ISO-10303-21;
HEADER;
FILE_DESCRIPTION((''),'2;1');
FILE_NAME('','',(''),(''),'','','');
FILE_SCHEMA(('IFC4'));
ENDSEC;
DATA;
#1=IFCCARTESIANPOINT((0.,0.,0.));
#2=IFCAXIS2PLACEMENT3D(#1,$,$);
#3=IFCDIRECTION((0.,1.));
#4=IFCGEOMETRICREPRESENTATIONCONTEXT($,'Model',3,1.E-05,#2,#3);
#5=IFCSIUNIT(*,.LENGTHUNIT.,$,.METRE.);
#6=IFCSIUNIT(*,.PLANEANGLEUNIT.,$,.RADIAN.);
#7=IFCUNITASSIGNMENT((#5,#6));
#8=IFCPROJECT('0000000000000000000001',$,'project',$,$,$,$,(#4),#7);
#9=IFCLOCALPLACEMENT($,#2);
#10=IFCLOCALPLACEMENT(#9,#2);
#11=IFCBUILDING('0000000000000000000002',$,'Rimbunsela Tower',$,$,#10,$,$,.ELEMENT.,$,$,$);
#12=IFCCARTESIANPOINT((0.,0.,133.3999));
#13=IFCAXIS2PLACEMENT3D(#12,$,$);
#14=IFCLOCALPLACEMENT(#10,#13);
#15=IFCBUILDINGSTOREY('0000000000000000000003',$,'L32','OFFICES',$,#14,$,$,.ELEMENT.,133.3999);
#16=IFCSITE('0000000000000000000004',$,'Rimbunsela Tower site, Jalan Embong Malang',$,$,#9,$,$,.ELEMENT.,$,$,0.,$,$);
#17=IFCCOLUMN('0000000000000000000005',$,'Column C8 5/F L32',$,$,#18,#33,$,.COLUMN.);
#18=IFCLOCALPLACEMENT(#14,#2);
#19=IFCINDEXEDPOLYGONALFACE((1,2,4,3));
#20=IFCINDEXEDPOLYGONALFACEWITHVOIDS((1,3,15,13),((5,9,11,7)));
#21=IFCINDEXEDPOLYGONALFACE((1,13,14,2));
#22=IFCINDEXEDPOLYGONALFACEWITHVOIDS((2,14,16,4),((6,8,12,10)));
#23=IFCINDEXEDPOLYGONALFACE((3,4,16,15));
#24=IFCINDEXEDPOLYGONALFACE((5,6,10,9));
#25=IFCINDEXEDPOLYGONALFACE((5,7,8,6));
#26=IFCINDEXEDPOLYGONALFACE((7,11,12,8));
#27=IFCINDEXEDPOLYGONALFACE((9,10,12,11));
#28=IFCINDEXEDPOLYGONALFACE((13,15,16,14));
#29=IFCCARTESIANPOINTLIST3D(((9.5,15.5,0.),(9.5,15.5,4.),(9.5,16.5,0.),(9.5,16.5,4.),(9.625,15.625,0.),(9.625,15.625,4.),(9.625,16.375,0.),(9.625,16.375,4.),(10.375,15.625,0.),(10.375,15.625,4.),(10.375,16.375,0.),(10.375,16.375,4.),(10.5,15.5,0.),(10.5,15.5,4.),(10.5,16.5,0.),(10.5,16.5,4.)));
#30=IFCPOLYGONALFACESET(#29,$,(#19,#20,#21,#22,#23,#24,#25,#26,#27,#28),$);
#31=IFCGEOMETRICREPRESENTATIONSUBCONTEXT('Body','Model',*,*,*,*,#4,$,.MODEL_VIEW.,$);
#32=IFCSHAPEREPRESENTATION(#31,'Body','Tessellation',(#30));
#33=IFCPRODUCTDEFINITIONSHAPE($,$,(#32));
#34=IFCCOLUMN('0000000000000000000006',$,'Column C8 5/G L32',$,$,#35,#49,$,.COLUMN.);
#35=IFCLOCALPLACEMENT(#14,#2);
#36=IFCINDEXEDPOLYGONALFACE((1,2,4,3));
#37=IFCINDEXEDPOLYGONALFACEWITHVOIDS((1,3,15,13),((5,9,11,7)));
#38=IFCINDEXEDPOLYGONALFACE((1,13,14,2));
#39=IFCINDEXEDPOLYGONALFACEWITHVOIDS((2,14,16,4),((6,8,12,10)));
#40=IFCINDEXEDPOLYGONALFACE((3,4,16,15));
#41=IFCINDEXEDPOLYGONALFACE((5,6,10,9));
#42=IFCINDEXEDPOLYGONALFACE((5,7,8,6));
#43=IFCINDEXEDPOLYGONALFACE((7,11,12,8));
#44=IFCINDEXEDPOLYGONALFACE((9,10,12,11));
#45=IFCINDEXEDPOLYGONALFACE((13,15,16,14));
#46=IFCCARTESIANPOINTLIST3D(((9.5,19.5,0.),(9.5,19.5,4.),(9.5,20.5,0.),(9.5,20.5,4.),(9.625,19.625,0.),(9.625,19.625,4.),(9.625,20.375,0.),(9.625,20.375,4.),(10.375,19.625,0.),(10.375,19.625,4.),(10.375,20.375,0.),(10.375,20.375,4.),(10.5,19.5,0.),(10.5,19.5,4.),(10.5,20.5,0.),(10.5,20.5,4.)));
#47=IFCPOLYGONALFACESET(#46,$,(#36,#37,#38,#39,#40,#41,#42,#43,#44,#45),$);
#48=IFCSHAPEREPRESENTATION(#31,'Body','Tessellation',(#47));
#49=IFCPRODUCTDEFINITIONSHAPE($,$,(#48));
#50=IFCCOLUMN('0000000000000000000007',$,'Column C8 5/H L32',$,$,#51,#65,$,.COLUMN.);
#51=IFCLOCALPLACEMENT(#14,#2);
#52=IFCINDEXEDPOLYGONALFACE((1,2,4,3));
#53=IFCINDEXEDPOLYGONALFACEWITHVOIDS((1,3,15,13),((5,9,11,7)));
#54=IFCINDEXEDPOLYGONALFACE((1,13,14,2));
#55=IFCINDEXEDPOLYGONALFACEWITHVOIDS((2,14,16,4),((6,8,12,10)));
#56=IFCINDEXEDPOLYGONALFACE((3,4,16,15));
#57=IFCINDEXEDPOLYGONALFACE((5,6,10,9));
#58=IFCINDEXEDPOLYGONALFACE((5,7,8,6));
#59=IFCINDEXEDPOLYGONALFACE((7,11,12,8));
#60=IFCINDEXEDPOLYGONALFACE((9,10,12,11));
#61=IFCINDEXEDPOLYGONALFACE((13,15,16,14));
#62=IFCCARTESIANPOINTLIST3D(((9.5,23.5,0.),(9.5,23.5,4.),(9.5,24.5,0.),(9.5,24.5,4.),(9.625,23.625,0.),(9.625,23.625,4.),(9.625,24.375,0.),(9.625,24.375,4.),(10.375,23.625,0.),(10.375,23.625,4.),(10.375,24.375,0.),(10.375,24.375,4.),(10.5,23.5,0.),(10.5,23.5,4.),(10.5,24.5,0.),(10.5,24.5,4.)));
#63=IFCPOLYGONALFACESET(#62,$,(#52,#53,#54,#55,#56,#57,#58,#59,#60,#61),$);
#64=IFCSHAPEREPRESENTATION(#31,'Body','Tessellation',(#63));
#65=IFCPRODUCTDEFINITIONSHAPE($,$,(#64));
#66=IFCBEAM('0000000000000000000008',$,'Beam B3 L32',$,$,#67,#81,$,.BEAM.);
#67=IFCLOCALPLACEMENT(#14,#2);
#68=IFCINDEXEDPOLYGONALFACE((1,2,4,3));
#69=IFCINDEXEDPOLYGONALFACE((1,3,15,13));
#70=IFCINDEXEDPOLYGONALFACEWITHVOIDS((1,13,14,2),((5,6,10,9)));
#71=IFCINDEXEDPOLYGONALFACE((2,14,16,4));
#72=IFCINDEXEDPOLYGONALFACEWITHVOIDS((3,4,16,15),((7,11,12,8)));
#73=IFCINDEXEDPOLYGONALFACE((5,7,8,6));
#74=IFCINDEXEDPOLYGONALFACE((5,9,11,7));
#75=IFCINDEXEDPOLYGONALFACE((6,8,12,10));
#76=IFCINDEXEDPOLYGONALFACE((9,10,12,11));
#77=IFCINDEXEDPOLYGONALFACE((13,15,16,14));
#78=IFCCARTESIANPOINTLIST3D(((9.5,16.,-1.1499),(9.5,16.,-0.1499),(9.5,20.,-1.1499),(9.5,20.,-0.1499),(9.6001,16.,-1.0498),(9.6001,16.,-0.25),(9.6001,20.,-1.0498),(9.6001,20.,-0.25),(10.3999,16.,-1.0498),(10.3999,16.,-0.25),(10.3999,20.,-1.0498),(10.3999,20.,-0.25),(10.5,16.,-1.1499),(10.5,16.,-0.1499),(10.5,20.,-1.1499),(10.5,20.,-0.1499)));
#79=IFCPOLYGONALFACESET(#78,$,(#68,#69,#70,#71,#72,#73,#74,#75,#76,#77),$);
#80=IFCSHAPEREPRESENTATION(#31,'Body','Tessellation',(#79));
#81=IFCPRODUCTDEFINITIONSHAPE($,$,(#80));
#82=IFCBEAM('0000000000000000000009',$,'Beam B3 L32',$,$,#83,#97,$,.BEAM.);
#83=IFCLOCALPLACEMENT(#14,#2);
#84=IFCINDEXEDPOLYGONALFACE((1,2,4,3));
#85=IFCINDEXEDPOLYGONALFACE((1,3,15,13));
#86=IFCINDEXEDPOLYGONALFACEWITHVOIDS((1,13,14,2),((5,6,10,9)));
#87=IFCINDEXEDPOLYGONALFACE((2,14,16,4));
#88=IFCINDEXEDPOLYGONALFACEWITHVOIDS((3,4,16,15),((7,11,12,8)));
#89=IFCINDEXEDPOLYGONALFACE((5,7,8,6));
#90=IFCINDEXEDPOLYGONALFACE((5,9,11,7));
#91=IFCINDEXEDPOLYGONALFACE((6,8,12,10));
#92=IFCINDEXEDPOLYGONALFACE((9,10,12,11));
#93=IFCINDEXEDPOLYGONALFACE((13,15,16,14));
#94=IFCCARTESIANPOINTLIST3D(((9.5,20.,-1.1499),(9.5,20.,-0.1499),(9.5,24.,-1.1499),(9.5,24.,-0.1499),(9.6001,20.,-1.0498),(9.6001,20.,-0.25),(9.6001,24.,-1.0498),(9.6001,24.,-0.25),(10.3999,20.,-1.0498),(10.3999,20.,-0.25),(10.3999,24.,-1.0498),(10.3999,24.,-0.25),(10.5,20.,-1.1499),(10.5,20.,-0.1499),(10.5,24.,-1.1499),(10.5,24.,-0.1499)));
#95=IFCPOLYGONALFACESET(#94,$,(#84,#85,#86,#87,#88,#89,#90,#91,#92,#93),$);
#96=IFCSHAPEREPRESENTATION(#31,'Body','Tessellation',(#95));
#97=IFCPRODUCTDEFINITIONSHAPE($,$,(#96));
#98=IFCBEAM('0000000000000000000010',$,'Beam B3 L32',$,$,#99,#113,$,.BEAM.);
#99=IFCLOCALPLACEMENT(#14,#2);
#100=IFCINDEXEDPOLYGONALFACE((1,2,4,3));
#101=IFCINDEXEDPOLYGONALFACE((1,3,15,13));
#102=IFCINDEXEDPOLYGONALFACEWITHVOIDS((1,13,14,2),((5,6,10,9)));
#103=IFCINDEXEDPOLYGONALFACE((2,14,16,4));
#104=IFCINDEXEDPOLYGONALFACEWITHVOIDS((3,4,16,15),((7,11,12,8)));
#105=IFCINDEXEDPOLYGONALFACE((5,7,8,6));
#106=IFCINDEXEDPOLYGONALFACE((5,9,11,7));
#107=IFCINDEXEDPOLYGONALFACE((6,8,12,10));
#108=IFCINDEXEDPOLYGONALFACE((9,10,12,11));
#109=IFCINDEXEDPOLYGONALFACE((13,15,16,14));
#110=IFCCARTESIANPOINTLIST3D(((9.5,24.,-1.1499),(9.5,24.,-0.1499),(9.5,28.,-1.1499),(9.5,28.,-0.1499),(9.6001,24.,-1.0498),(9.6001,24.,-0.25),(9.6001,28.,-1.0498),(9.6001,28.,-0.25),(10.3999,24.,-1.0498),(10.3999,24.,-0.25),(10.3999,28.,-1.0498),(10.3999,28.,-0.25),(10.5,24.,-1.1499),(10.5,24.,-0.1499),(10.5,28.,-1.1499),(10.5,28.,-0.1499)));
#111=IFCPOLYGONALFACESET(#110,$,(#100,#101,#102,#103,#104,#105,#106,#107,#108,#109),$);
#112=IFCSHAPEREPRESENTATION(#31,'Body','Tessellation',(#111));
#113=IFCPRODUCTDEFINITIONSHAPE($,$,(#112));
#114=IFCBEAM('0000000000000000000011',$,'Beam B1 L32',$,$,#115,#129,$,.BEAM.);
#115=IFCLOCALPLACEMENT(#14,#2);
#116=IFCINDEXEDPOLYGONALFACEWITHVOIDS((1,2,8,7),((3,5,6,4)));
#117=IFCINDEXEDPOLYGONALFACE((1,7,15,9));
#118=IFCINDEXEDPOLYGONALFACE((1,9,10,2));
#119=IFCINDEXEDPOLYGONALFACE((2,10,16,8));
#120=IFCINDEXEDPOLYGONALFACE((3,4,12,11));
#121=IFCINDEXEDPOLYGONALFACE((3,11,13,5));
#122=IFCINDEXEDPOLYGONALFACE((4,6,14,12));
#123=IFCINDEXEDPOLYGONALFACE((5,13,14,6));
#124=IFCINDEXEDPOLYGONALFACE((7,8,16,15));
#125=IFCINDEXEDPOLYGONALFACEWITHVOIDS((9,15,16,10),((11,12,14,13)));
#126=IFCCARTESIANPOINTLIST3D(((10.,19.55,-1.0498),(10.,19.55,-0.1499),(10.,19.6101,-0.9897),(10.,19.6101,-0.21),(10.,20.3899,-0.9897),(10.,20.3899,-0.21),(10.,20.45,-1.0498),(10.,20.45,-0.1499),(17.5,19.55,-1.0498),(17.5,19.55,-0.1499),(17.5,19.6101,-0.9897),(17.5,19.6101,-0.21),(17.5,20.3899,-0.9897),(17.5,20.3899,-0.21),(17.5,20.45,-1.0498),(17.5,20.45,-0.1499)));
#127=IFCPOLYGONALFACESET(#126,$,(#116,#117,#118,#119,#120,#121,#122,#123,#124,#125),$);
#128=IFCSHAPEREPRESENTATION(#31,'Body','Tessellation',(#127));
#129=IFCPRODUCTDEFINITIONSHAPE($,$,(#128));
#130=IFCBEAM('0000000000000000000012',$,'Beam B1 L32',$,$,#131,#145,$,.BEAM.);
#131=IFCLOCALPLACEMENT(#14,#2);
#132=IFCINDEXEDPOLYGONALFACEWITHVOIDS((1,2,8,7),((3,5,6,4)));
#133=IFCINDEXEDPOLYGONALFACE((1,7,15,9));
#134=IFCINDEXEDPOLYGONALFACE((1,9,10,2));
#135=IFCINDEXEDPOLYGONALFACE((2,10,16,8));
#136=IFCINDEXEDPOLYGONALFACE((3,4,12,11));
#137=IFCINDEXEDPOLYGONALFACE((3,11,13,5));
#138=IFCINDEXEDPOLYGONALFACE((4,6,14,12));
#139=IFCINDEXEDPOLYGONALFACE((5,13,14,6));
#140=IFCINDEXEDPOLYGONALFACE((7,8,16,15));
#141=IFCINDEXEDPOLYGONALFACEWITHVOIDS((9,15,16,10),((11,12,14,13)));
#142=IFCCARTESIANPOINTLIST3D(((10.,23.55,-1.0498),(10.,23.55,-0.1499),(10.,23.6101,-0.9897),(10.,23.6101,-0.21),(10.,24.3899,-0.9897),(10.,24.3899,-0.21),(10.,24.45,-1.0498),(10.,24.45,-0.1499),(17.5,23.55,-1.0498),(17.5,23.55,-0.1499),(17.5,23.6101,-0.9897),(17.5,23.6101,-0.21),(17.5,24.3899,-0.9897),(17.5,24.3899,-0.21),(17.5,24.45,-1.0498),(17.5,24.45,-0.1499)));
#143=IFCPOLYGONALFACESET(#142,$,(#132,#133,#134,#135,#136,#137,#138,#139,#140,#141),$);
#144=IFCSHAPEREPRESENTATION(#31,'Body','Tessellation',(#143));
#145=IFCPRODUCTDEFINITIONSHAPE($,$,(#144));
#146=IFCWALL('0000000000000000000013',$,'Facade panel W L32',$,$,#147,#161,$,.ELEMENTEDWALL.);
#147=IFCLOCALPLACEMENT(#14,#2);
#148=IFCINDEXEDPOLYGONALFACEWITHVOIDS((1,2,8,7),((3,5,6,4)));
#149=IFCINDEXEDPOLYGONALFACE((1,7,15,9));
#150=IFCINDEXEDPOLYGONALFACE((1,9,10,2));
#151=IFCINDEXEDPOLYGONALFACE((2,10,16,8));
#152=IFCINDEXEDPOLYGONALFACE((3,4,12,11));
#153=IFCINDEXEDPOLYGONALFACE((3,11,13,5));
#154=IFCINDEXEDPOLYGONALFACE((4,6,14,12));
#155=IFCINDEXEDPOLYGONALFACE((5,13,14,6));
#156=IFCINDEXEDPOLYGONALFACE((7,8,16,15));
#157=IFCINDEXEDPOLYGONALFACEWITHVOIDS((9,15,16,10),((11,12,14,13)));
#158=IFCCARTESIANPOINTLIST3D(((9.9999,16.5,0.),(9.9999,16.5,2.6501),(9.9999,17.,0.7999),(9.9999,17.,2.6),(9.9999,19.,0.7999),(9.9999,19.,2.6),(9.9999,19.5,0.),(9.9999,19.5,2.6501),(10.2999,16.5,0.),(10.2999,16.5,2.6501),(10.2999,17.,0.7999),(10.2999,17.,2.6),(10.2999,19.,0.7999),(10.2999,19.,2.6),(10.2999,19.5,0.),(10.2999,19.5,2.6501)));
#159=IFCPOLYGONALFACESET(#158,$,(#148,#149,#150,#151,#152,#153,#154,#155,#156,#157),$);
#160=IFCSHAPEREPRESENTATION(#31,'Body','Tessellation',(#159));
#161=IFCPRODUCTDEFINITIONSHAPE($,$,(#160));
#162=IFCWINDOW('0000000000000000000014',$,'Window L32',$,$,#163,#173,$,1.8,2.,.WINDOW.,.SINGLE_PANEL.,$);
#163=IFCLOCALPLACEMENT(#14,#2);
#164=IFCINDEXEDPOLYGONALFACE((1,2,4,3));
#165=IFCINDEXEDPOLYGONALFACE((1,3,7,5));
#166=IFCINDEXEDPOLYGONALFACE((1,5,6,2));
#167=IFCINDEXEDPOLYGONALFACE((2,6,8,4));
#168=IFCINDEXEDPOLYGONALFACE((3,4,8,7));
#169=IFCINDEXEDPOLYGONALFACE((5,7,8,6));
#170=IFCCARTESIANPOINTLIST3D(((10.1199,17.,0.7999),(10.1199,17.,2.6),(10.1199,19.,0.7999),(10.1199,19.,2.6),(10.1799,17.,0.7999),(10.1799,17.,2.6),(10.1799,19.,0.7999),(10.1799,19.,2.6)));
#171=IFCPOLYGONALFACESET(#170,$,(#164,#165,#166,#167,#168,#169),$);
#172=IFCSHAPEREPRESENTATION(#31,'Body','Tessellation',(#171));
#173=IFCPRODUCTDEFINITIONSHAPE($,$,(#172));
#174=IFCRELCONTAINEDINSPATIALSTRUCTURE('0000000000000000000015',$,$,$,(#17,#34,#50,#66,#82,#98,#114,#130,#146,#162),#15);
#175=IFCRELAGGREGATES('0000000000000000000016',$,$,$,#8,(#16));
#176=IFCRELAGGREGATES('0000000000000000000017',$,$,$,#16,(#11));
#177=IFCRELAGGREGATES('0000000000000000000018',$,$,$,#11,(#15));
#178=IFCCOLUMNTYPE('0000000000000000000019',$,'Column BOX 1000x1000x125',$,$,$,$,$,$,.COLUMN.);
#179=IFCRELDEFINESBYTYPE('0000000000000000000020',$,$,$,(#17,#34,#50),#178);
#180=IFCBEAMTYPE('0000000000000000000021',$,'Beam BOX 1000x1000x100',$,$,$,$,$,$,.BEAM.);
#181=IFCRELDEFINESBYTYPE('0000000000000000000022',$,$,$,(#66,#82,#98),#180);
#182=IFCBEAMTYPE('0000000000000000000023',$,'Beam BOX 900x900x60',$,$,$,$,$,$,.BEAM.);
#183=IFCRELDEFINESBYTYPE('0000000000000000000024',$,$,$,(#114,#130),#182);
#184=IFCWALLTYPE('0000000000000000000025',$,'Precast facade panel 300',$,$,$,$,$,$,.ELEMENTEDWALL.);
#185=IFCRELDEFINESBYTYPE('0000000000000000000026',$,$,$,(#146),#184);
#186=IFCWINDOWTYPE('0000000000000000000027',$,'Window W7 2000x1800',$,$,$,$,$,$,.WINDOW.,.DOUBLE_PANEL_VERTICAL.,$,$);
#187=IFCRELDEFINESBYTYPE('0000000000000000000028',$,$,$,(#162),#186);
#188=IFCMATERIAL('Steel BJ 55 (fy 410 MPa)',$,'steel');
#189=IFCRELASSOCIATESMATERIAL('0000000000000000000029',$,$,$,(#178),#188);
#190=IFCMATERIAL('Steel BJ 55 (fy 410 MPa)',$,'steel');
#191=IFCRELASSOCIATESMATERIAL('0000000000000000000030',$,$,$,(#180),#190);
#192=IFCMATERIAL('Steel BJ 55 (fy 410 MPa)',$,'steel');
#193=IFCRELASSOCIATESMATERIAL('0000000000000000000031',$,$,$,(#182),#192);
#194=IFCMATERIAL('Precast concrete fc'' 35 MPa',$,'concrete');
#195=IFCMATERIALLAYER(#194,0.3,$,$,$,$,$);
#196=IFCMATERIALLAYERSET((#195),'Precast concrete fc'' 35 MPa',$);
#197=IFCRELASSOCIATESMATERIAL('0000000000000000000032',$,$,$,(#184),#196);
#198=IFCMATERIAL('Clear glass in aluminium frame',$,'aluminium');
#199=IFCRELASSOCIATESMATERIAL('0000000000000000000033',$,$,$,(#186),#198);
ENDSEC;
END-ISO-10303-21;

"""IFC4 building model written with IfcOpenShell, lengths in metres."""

from ifc_helpers import new_model, si_unit, direction, frame, frame_2d, origin, origin_2d, place, context, subcontext, project, spatial, rectangle, hollow_rectangle, extrude, material, layer, layer_set, material_profile, profile_set, type_object, element, fill, save


model = new_model("IFC4")

# Units and contexts
model_context = context("Model", 3, precision=1e-05, world=origin(), true_north=direction((0.0, 1.0)))
body_context = subcontext(model_context, "Body", "Model", "MODEL_VIEW")
ifc_project = project(units=[si_unit("LENGTHUNIT", "METRE"), si_unit("PLANEANGLEUNIT", "RADIAN")], contexts=[model_context])

# Site, building, storey
site_placement = place(None, origin())
site = spatial("IfcSite", under=ifc_project, at=site_placement, Name="Rimbunsela Tower site, Jalan Embong Malang", CompositionType="ELEMENT", RefElevation=0.0)
building_placement = place(site_placement, origin())
building = spatial("IfcBuilding", under=site, at=building_placement, Name="Rimbunsela Tower", CompositionType="ELEMENT")
storey_placement = place(building_placement, frame((0.0, 0.0, 133.3999)))
storey = spatial("IfcBuildingStorey", under=building, at=storey_placement, Name="L32", Description="OFFICES", CompositionType="ELEMENT", Elevation=133.3999)

# Columns
ifc_material_1 = material(Name="Steel BJ 55 (fy 410 MPa)", Category="steel")
ifc_material_profile_1 = material_profile(ifc_material_1, hollow_rectangle(XDim=1.0, YDim=1.0, WallThickness=0.125, at=origin_2d()), Name="BOX 1000x1000x125")
ifc_profile_set_1 = profile_set([ifc_material_profile_1], Name="Steel BJ 55 (fy 410 MPa)")
column_type = type_object("IfcColumnType", Name="Column BOX 1000x1000x125", PredefinedType="COLUMN", material=ifc_profile_set_1)
for number, where, z_axis, x_axis, name in (
    (1, (10.0, 16.0, 0.0), (0.0, 0.0, 1.0), (1.0, 0.0, 0.0), "Column C8 5/F L32"),
    (2, (10.0, 20.0, 0.0), (0.0, 0.0, 1.0), (1.0, 0.0, 0.0), "Column C8 5/G L32"),
    (3, (10.0, 24.0, 0.0), (0.0, 0.0, 1.0), (1.0, 0.0, 0.0), "Column C8 5/H L32"),
):
    element("IfcColumn", number, at=place(storey_placement, frame(where, z_axis=z_axis, x_axis=x_axis)), inside=storey, type_object=column_type, Name=name, PredefinedType="COLUMN", context=body_context, shape_type="SweptSolid", body=[
        extrude(hollow_rectangle(XDim=1.0, YDim=1.0, WallThickness=0.125, at=origin_2d()), origin(), (0.0, 0.0, 1.0), 4.0),
    ])

# Beams
ifc_material_2 = material(Name="Steel BJ 55 (fy 410 MPa)", Category="steel")
ifc_material_profile_2 = material_profile(ifc_material_2, hollow_rectangle(XDim=1.0, YDim=1.0, WallThickness=0.1001, at=origin_2d()), Name="BOX 1000x1000x100")
ifc_profile_set_2 = profile_set([ifc_material_profile_2], Name="Steel BJ 55 (fy 410 MPa)")
beam_type_1 = type_object("IfcBeamType", Name="Beam BOX 1000x1000x100", PredefinedType="BEAM", material=ifc_profile_set_2)
for number, where, z_axis, x_axis, name in (
    (4, (10.0, 16.0, -0.6499), (0.0, 1.0, 0.0), (-1.0, 0.0, 0.0), "Beam B3 L32"),
    (5, (10.0, 20.0, -0.6499), (0.0, 1.0, 0.0), (-1.0, 0.0, 0.0), "Beam B3 L32"),
    (6, (10.0, 24.0, -0.6499), (0.0, 1.0, 0.0), (-1.0, 0.0, 0.0), "Beam B3 L32"),
):
    element("IfcBeam", number, at=place(storey_placement, frame(where, z_axis=z_axis, x_axis=x_axis)), inside=storey, type_object=beam_type_1, Name=name, PredefinedType="BEAM", context=body_context, shape_type="SweptSolid", body=[
        extrude(hollow_rectangle(XDim=1.0, YDim=1.0, WallThickness=0.1001, at=origin_2d()), origin(), (0.0, 0.0, 1.0), 4.0),
    ])
ifc_material_3 = material(Name="Steel BJ 55 (fy 410 MPa)", Category="steel")
ifc_material_profile_3 = material_profile(ifc_material_3, hollow_rectangle(XDim=0.8999, YDim=0.8999, WallThickness=0.0601, at=origin_2d()), Name="BOX 900x900x60")
ifc_profile_set_3 = profile_set([ifc_material_profile_3], Name="Steel BJ 55 (fy 410 MPa)")
beam_type_2 = type_object("IfcBeamType", Name="Beam BOX 900x900x60", PredefinedType="BEAM", material=ifc_profile_set_3)
for number, where, z_axis, x_axis, name in (
    (7, (10.0, 20.0, -0.5999), (1.0, 0.0, 0.0), (0.0, 1.0, 0.0), "Beam B1 L32"),
    (8, (10.0, 24.0, -0.5999), (1.0, 0.0, 0.0), (0.0, 1.0, 0.0), "Beam B1 L32"),
):
    element("IfcBeam", number, at=place(storey_placement, frame(where, z_axis=z_axis, x_axis=x_axis)), inside=storey, type_object=beam_type_2, Name=name, PredefinedType="BEAM", context=body_context, shape_type="SweptSolid", body=[
        extrude(hollow_rectangle(XDim=0.8999, YDim=0.8999, WallThickness=0.0601, at=origin_2d()), origin(), (0.0, 0.0, 1.0), 7.5),
    ])

# Wall, opening, window
ifc_material_4 = material(Name="Precast concrete fc' 35 MPa", Category="concrete")
ifc_layer_1 = layer(ifc_material_4, 0.3)
ifc_layer_set_1 = layer_set([ifc_layer_1], Name="Precast concrete fc' 35 MPa")
wall_type = type_object("IfcWallType", Name="Precast facade panel 300", PredefinedType="ELEMENTEDWALL", material=ifc_layer_set_1)
wall_1_placement = place(storey_placement, frame((10.1499, 19.5, 0.0), z_axis=(0.0, 0.0, 1.0), x_axis=(0.0, -1.0, 0.0)))
wall_1 = element("IfcWall", 9, at=wall_1_placement, inside=storey, type_object=wall_type, Name="Facade panel W L32", PredefinedType="ELEMENTEDWALL", context=body_context, shape_type="SweptSolid", body=[
    extrude(rectangle(XDim=3.0, YDim=0.3, at=frame_2d((1.5, 0.0))), origin(), (0.0, 0.0, 1.0), 2.6501),
])
opening_1_placement = place(wall_1_placement, frame((0.5, 0.0, 0.8)))
opening_1 = element("IfcOpeningElement", 10, at=opening_1_placement, cuts=wall_1, PredefinedType="OPENING", context=body_context, shape_type="SweptSolid", body=[
    extrude(rectangle(XDim=2.0, YDim=1.8, at=frame_2d((1.0, 0.8999))), frame((0.0, 0.1599, 0.0), z_axis=(0.0, -1.0, 0.0), x_axis=(1.0, 0.0, 0.0)), (0.0, 0.0, 1.0), 0.3201),
])
ifc_material_5 = material(Name="Clear glass in aluminium frame", Category="aluminium")
window_type = type_object("IfcWindowType", Name="Window W7 2000x1800", PartitioningType="DOUBLE_PANEL_VERTICAL", PredefinedType="WINDOW", material=ifc_material_5)
window_1_placement = place(opening_1_placement, origin())
window_1 = element("IfcWindow", 11, at=window_1_placement, inside=storey, type_object=window_type, Name="Window L32", OverallHeight=1.8, OverallWidth=2.0, PartitioningType="SINGLE_PANEL", PredefinedType="WINDOW", context=body_context, shape_type="SweptSolid", body=[
    extrude(rectangle(XDim=2.0, YDim=1.8, at=frame_2d((1.0, 0.8999))), frame((0.0, 0.03, 0.0), z_axis=(0.0, -1.0, 0.0), x_axis=(1.0, 0.0, 0.0)), (0.0, 0.0, 1.0), 0.0601),
])
fill(opening_1, window_1)

save(model, "model.ifc")
